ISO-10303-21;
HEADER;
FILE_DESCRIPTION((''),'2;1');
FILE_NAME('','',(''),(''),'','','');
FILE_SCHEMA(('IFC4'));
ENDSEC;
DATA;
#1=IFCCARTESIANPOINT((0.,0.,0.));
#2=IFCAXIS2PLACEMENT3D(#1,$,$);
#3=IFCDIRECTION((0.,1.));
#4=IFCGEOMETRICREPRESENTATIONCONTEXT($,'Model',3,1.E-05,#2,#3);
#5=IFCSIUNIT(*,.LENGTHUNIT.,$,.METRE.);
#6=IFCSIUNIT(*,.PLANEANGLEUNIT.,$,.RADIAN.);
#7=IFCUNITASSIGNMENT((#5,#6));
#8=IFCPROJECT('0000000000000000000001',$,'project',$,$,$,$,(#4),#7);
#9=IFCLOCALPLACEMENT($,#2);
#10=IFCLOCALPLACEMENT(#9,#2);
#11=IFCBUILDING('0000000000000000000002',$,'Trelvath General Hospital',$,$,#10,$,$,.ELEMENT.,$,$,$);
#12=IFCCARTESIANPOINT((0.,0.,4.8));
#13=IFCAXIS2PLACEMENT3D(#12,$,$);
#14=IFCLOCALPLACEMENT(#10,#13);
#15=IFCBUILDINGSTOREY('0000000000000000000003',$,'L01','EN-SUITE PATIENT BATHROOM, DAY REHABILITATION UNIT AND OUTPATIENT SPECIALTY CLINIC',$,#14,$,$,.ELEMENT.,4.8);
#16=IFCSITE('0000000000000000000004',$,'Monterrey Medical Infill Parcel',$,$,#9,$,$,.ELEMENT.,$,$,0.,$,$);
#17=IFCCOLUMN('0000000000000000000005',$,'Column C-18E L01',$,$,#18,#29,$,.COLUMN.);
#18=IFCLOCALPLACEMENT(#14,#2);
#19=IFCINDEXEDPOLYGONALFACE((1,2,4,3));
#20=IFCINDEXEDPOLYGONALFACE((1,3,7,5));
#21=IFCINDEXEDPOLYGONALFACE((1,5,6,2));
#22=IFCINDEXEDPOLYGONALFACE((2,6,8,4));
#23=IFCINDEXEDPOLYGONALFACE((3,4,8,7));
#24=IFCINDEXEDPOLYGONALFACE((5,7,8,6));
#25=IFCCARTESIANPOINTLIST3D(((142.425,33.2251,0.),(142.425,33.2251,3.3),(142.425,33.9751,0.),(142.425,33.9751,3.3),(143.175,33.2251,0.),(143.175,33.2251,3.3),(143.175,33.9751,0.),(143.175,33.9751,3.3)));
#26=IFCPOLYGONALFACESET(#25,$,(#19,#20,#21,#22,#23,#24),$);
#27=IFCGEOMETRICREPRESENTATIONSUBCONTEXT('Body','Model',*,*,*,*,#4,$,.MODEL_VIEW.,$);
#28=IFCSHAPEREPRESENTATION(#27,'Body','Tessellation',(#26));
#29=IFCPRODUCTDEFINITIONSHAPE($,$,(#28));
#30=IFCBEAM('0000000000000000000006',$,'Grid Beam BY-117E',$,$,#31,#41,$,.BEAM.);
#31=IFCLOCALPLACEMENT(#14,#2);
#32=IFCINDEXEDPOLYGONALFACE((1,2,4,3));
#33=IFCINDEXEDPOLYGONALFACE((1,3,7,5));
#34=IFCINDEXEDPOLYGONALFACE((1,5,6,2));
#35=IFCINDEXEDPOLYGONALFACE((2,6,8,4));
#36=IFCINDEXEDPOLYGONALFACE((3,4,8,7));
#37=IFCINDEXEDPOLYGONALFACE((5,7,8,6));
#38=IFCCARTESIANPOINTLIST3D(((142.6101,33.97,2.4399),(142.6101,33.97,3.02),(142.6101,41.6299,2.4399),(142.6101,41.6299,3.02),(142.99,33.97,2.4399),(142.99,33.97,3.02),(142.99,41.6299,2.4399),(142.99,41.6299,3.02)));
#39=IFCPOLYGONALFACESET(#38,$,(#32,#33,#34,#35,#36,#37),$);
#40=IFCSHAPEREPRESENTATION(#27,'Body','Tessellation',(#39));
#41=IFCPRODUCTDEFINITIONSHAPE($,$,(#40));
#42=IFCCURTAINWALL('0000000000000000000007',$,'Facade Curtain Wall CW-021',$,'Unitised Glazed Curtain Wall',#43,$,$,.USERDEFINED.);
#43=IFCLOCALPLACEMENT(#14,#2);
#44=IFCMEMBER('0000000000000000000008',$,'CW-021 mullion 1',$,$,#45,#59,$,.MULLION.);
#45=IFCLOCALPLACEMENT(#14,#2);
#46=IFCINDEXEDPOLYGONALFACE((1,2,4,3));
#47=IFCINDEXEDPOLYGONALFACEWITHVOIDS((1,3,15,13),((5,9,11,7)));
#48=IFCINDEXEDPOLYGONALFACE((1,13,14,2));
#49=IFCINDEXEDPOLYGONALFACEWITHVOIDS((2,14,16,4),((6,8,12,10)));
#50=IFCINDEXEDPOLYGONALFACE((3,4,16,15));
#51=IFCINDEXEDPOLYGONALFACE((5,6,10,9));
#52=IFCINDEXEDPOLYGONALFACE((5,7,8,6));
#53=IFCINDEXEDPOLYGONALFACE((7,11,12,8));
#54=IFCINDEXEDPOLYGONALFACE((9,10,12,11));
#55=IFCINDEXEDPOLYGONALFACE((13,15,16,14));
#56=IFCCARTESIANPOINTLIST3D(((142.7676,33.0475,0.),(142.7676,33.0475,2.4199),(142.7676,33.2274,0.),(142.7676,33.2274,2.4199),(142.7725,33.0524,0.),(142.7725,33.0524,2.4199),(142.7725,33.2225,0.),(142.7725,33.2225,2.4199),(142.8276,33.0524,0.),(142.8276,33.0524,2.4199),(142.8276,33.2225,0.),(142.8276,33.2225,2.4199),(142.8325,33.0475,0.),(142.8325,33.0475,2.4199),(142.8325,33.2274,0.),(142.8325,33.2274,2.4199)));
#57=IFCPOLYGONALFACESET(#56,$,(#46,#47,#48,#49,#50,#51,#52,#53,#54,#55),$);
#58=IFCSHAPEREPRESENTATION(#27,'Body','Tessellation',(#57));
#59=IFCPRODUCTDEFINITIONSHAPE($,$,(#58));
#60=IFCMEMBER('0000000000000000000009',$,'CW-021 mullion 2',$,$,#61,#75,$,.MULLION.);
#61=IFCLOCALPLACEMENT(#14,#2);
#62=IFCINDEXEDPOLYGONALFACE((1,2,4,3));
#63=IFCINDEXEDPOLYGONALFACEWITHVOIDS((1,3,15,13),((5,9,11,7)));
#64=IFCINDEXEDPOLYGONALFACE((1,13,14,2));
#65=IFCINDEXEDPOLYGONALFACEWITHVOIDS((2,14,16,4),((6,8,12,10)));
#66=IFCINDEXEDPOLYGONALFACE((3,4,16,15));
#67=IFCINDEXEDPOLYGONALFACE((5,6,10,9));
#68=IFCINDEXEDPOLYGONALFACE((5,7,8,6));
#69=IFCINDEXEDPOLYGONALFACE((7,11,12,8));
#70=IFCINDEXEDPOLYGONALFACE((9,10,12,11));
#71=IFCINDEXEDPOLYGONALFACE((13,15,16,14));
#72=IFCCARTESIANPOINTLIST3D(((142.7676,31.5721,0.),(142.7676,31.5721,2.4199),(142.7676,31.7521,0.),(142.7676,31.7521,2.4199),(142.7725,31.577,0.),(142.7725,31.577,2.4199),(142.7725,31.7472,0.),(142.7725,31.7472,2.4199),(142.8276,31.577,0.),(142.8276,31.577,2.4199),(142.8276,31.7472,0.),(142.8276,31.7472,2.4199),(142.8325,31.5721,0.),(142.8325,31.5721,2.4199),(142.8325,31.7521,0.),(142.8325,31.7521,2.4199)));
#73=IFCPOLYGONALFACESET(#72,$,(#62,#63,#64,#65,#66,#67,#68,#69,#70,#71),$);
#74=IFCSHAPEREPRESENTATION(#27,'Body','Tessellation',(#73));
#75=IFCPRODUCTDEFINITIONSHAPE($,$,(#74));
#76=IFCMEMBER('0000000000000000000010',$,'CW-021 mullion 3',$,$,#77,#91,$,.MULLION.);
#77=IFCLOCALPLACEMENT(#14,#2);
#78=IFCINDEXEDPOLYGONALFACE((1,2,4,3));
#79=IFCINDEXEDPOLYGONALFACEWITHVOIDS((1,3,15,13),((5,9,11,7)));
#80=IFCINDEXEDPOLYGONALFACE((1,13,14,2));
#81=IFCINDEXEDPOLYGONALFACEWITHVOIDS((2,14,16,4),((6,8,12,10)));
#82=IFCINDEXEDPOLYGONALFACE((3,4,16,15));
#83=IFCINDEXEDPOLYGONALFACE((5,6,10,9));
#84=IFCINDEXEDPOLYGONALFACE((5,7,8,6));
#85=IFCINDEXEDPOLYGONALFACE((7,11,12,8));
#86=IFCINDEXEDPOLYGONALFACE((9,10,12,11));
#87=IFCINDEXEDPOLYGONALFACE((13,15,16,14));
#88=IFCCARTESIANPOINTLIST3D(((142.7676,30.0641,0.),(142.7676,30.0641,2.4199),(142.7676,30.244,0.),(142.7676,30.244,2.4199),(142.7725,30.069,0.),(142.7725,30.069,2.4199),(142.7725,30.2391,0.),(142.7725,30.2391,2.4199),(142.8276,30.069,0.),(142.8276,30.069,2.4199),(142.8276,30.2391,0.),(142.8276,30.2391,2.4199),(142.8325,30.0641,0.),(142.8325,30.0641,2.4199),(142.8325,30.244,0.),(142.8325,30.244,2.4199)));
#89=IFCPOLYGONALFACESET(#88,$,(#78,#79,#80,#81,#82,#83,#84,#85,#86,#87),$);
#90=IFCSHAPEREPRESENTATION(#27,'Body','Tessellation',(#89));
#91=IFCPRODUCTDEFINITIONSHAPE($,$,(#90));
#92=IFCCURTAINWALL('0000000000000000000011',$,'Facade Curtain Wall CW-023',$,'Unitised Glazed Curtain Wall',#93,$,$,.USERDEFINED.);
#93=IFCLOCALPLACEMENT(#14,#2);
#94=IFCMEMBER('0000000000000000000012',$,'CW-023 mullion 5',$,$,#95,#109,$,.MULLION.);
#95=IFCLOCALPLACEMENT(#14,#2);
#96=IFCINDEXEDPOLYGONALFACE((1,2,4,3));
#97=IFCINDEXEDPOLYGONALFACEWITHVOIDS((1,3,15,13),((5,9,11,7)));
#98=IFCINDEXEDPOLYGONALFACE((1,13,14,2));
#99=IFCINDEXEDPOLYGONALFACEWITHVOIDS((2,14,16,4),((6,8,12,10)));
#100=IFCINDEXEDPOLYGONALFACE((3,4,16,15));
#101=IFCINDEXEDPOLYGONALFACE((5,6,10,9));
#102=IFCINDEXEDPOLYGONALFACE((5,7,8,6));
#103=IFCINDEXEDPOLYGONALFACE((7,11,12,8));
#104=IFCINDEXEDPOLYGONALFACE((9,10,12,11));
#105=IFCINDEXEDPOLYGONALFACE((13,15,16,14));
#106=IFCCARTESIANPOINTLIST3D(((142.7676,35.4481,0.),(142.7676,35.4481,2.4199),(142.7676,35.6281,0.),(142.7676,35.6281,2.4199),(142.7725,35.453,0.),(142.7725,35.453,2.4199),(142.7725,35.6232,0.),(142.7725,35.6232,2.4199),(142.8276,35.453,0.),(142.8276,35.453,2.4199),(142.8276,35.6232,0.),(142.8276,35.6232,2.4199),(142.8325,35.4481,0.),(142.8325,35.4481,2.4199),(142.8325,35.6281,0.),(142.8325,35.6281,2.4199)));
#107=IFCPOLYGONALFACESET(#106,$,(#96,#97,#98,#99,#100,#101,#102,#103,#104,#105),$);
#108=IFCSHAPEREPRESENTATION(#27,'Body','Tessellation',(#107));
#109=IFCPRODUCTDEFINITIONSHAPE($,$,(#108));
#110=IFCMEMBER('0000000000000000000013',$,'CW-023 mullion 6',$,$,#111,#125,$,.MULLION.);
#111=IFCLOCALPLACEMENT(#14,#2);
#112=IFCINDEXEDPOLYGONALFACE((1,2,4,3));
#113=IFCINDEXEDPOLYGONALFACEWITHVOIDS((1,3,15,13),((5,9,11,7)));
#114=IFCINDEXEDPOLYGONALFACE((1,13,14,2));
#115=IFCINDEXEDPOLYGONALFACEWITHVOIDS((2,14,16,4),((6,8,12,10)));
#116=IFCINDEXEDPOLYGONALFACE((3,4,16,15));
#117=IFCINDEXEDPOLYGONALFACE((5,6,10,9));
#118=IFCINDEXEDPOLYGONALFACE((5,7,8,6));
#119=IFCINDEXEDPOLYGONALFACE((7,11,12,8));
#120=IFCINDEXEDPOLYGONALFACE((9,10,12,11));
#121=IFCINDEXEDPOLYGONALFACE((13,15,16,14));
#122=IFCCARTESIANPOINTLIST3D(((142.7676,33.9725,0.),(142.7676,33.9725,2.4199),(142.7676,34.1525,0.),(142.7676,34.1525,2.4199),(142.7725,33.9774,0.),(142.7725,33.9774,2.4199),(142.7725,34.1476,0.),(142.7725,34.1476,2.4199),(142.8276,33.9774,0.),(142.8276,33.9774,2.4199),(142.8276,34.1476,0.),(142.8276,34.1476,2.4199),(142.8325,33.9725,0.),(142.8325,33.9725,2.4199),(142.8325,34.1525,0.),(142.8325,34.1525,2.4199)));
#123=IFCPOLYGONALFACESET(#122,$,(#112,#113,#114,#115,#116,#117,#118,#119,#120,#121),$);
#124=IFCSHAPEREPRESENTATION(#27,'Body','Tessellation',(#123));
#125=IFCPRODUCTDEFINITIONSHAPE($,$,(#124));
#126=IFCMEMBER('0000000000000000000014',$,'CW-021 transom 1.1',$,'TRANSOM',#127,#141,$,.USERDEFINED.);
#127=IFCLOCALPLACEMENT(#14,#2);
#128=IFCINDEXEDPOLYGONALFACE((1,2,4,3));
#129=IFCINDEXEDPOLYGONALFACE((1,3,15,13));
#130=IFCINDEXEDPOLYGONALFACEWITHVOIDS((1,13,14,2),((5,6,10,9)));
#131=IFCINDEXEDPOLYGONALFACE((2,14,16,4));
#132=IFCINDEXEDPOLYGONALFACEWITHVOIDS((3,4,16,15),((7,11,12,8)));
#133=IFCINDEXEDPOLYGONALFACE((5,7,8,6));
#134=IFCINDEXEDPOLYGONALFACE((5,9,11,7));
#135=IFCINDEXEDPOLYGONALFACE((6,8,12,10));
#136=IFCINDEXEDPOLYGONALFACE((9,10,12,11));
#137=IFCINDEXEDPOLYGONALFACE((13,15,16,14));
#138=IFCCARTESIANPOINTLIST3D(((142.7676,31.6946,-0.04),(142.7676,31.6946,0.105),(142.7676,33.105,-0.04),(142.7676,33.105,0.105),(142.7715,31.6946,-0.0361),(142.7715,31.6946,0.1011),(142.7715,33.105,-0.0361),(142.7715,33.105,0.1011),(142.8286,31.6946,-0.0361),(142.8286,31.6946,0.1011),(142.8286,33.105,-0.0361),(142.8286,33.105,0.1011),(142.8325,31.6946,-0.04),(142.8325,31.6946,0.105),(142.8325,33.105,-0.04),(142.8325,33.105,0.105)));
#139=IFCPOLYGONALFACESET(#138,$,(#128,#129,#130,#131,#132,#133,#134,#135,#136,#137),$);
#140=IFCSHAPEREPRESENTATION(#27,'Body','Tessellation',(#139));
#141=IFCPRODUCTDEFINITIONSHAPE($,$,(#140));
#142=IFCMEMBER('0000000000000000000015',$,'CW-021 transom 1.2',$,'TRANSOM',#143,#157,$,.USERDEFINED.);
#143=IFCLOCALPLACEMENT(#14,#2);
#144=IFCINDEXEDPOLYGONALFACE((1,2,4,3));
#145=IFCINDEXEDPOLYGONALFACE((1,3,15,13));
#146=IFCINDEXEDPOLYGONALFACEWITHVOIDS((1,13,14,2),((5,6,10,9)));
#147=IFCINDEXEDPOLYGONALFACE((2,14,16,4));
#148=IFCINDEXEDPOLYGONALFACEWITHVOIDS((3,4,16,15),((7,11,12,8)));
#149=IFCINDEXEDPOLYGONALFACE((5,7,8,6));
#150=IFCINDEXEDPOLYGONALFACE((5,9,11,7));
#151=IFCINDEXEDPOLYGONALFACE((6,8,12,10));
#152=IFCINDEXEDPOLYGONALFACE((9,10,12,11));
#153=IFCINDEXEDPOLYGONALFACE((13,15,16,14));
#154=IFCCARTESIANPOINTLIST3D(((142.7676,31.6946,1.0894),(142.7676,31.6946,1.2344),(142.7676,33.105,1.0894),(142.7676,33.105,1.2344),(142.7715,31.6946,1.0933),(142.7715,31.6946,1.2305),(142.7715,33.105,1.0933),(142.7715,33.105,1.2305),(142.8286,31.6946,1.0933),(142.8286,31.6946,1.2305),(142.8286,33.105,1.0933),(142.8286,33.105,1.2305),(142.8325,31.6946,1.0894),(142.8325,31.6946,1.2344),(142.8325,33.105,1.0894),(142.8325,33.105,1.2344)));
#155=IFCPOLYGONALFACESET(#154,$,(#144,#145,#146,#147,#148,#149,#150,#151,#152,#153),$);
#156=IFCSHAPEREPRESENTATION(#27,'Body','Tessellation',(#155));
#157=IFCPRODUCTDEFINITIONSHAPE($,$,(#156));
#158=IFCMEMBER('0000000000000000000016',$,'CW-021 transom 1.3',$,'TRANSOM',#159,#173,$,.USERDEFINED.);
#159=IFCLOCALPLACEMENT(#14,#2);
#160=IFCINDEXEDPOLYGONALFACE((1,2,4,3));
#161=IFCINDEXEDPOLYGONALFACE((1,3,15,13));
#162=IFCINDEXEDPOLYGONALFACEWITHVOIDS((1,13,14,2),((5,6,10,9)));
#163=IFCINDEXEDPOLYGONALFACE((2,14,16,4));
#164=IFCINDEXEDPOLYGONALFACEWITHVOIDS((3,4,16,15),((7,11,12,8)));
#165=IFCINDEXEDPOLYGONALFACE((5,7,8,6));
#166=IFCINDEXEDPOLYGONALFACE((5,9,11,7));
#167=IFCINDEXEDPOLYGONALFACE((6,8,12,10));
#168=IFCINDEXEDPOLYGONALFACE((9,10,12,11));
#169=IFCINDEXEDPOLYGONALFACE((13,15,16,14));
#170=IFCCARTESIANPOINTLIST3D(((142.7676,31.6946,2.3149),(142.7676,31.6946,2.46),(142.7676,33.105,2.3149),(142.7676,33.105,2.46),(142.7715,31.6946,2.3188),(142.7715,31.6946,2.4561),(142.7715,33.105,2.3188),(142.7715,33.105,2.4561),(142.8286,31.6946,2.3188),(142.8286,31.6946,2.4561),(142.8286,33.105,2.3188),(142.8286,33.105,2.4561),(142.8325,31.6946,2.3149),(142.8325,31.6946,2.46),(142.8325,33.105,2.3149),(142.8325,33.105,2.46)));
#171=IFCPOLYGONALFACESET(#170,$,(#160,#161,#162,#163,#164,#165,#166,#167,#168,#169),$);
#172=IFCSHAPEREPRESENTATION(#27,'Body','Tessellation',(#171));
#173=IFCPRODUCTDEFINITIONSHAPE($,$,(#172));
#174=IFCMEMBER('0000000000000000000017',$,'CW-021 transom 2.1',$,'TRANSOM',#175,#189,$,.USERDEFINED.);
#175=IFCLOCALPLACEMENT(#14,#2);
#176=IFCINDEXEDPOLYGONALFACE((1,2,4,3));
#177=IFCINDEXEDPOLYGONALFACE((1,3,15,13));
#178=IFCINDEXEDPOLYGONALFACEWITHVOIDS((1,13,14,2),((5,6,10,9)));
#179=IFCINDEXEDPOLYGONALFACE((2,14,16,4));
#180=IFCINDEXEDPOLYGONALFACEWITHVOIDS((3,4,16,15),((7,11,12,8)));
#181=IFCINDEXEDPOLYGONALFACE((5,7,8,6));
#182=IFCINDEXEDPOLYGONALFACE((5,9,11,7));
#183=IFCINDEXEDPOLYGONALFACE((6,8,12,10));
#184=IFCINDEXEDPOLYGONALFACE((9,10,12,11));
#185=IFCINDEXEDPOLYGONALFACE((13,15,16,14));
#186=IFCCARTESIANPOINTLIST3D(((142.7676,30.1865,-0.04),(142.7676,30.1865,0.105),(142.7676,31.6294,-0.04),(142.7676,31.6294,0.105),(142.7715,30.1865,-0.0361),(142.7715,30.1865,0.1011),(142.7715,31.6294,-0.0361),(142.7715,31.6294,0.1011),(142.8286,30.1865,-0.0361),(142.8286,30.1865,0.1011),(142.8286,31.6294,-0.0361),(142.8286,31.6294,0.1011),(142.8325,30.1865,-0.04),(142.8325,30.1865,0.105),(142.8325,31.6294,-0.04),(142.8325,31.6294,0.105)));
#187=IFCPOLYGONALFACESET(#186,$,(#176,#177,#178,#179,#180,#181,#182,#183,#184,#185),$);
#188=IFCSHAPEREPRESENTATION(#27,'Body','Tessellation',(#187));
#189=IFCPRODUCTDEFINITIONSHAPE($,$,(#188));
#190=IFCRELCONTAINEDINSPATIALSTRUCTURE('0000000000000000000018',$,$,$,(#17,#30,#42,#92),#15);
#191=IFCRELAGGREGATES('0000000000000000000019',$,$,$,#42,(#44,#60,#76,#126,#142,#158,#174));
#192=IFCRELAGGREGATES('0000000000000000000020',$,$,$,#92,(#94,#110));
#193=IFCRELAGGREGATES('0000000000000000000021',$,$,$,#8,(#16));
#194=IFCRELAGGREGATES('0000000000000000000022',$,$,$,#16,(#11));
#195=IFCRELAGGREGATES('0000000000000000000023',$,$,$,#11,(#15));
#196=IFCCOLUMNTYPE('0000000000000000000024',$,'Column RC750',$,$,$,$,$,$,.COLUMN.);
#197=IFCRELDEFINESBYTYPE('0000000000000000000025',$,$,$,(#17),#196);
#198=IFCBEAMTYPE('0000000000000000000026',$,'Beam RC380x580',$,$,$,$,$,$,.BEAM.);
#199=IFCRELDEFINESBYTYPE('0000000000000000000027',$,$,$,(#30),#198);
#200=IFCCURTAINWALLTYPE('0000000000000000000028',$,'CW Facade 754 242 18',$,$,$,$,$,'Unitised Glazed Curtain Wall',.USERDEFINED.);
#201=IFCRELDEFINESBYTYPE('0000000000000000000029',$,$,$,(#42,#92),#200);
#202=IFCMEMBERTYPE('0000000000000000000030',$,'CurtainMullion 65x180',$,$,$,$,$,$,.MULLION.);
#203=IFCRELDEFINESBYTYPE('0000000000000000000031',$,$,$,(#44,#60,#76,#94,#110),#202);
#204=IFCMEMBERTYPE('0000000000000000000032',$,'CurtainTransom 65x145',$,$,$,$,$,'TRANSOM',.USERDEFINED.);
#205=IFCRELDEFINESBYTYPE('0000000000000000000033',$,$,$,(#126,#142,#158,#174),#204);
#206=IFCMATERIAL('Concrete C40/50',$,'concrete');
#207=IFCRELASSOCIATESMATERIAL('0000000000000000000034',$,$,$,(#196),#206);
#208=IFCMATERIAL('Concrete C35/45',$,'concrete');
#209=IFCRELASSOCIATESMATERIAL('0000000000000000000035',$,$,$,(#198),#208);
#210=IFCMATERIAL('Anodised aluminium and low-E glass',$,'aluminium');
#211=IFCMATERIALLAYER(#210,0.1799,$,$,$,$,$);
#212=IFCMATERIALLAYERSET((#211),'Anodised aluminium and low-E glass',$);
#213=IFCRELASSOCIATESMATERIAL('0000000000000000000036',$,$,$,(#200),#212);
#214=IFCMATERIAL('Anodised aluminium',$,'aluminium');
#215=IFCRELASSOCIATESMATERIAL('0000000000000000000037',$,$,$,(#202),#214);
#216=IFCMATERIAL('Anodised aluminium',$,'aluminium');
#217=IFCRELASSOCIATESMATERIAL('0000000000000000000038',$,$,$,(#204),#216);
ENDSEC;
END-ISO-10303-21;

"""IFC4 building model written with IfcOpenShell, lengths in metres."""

from ifc_helpers import new_model, si_unit, direction, frame, origin, origin_2d, place, context, subcontext, project, spatial, rectangle, hollow_rectangle, extrude, material, layer, layer_set, material_profile, profile_set, type_object, element, aggregate, save


model = new_model("IFC4")

# Units and contexts
model_context = context("Model", 3, precision=1e-05, world=origin(), true_north=direction((0.0, 1.0)))
body_context = subcontext(model_context, "Body", "Model", "MODEL_VIEW")
ifc_project = project(units=[si_unit("LENGTHUNIT", "METRE"), si_unit("PLANEANGLEUNIT", "RADIAN")], contexts=[model_context])

# Site, building, storey
site_placement = place(None, origin())
site = spatial("IfcSite", under=ifc_project, at=site_placement, Name="Monterrey Medical Infill Parcel", CompositionType="ELEMENT", RefElevation=0.0)
building_placement = place(site_placement, origin())
building = spatial("IfcBuilding", under=site, at=building_placement, Name="Trelvath General Hospital", CompositionType="ELEMENT")
storey_placement = place(building_placement, frame((0.0, 0.0, 4.8)))
storey = spatial("IfcBuildingStorey", under=building, at=storey_placement, Name="L01", Description="EN-SUITE PATIENT BATHROOM, DAY REHABILITATION UNIT AND OUTPATIENT SPECIALTY CLINIC", CompositionType="ELEMENT", Elevation=4.8)

# Column
ifc_material_1 = material(Name="Concrete C40/50", Category="concrete")
ifc_material_profile_1 = material_profile(ifc_material_1, rectangle(XDim=0.75, YDim=0.75, at=origin_2d()), Name="RC750x750")
ifc_profile_set_1 = profile_set([ifc_material_profile_1], Name="Concrete C40/50")
column_type = type_object("IfcColumnType", Name="Column RC750", PredefinedType="COLUMN", material=ifc_profile_set_1)
column_placement = place(storey_placement, frame((142.8, 33.6001, 0.0), z_axis=(0.0, 0.0, 1.0), x_axis=(1.0, 0.0, 0.0)))
element("IfcColumn", 1, at=column_placement, inside=storey, type_object=column_type, Name="Column C-18E L01", PredefinedType="COLUMN", context=body_context, shape_type="SweptSolid", body=[
    extrude(rectangle(XDim=0.75, YDim=0.75, at=origin_2d()), origin(), (0.0, 0.0, 1.0), 3.3),
])

# Beam
ifc_material_2 = material(Name="Concrete C35/45", Category="concrete")
ifc_material_profile_2 = material_profile(ifc_material_2, rectangle(XDim=0.3799, YDim=0.5801, at=origin_2d()), Name="RCB380x580")
ifc_profile_set_2 = profile_set([ifc_material_profile_2], Name="Concrete C35/45")
beam_type = type_object("IfcBeamType", Name="Beam RC380x580", PredefinedType="BEAM", material=ifc_profile_set_2)
beam_placement = place(storey_placement, frame((142.8, 33.97, 2.73), z_axis=(0.0, 1.0, 0.0), x_axis=(-1.0, 0.0, 0.0)))
element("IfcBeam", 2, at=beam_placement, inside=storey, type_object=beam_type, Name="Grid Beam BY-117E", PredefinedType="BEAM", context=body_context, shape_type="SweptSolid", body=[
    extrude(rectangle(XDim=0.3799, YDim=0.5801, at=origin_2d()), origin(), (0.0, 0.0, 1.0), 7.6599),
])

# Curtain walls, members
ifc_material_3 = material(Name="Anodised aluminium and low-E glass", Category="aluminium")
ifc_layer_1 = layer(ifc_material_3, 0.1799)
ifc_layer_set_1 = layer_set([ifc_layer_1], Name="Anodised aluminium and low-E glass")
curtain_wall_type = type_object("IfcCurtainWallType", Name="CW Facade 754 242 18", ElementType="Unitised Glazed Curtain Wall", PredefinedType="USERDEFINED", material=ifc_layer_set_1)
curtain_wall_1_placement = place(storey_placement, origin())
curtain_wall_1 = element("IfcCurtainWall", 3, at=curtain_wall_1_placement, inside=storey, type_object=curtain_wall_type, Name="Facade Curtain Wall CW-021", ObjectType="Unitised Glazed Curtain Wall", PredefinedType="USERDEFINED")
ifc_material_4 = material(Name="Anodised aluminium", Category="aluminium")
ifc_material_profile_3 = material_profile(ifc_material_4, hollow_rectangle(XDim=0.0649, YDim=0.1799, WallThickness=0.0049, at=origin_2d()), Name="RHS65x180x5")
ifc_profile_set_3 = profile_set([ifc_material_profile_3], Name="Anodised aluminium")
member_type_1 = type_object("IfcMemberType", Name="CurtainMullion 65x180", PredefinedType="MULLION", material=ifc_profile_set_3)
member_1_placement = place(storey_placement, frame((142.8, 33.1375, 0.0), z_axis=(0.0, 0.0, 1.0), x_axis=(1.0, 0.0, 0.0)))
member_1 = element("IfcMember", 4, at=member_1_placement, type_object=member_type_1, Name="CW-021 mullion 1", PredefinedType="MULLION", context=body_context, shape_type="SweptSolid", body=[
    extrude(hollow_rectangle(XDim=0.0649, YDim=0.1799, WallThickness=0.0049, at=origin_2d()), origin(), (0.0, 0.0, 1.0), 2.4199),
])
member_2_placement = place(storey_placement, frame((142.8, 31.6621, 0.0), z_axis=(0.0, 0.0, 1.0), x_axis=(1.0, 0.0, 0.0)))
member_2 = element("IfcMember", 5, at=member_2_placement, type_object=member_type_1, Name="CW-021 mullion 2", PredefinedType="MULLION", context=body_context, shape_type="SweptSolid", body=[
    extrude(hollow_rectangle(XDim=0.0649, YDim=0.1799, WallThickness=0.0049, at=origin_2d()), origin(), (0.0, 0.0, 1.0), 2.4199),
])
member_3_placement = place(storey_placement, frame((142.8, 30.1541, 0.0), z_axis=(0.0, 0.0, 1.0), x_axis=(1.0, 0.0, 0.0)))
member_3 = element("IfcMember", 6, at=member_3_placement, type_object=member_type_1, Name="CW-021 mullion 3", PredefinedType="MULLION", context=body_context, shape_type="SweptSolid", body=[
    extrude(hollow_rectangle(XDim=0.0649, YDim=0.1799, WallThickness=0.0049, at=origin_2d()), origin(), (0.0, 0.0, 1.0), 2.4199),
])
curtain_wall_2_placement = place(storey_placement, origin())
curtain_wall_2 = element("IfcCurtainWall", 7, at=curtain_wall_2_placement, inside=storey, type_object=curtain_wall_type, Name="Facade Curtain Wall CW-023", ObjectType="Unitised Glazed Curtain Wall", PredefinedType="USERDEFINED")
member_4_placement = place(storey_placement, frame((142.8, 35.5381, 0.0), z_axis=(0.0, 0.0, 1.0), x_axis=(1.0, 0.0, 0.0)))
member_4 = element("IfcMember", 8, at=member_4_placement, type_object=member_type_1, Name="CW-023 mullion 5", PredefinedType="MULLION", context=body_context, shape_type="SweptSolid", body=[
    extrude(hollow_rectangle(XDim=0.0649, YDim=0.1799, WallThickness=0.0049, at=origin_2d()), origin(), (0.0, 0.0, 1.0), 2.4199),
])
member_5_placement = place(storey_placement, frame((142.8, 34.0625, 0.0), z_axis=(0.0, 0.0, 1.0), x_axis=(1.0, 0.0, 0.0)))
member_5 = element("IfcMember", 9, at=member_5_placement, type_object=member_type_1, Name="CW-023 mullion 6", PredefinedType="MULLION", context=body_context, shape_type="SweptSolid", body=[
    extrude(hollow_rectangle(XDim=0.0649, YDim=0.1799, WallThickness=0.0049, at=origin_2d()), origin(), (0.0, 0.0, 1.0), 2.4199),
])

# Members
ifc_material_5 = material(Name="Anodised aluminium", Category="aluminium")
ifc_material_profile_4 = material_profile(ifc_material_5, hollow_rectangle(XDim=0.0649, YDim=0.145, WallThickness=0.0039, at=origin_2d()), Name="RHS65x145x4")
ifc_profile_set_4 = profile_set([ifc_material_profile_4], Name="Anodised aluminium")
member_type_2 = type_object("IfcMemberType", Name="CurtainTransom 65x145", ElementType="TRANSOM", PredefinedType="USERDEFINED", material=ifc_profile_set_4)
member_6_placement = place(storey_placement, frame((142.8, 33.105, 0.0325), z_axis=(0.0, -1.0, 0.0), x_axis=(1.0, 0.0, 0.0)))
member_6 = element("IfcMember", 10, at=member_6_placement, type_object=member_type_2, Name="CW-021 transom 1.1", ObjectType="TRANSOM", PredefinedType="USERDEFINED", context=body_context, shape_type="SweptSolid", body=[
    extrude(hollow_rectangle(XDim=0.0649, YDim=0.145, WallThickness=0.0039, at=origin_2d()), origin(), (0.0, 0.0, 1.0), 1.4104),
])
member_7_placement = place(storey_placement, frame((142.8, 33.105, 1.1619), z_axis=(0.0, -1.0, 0.0), x_axis=(1.0, 0.0, 0.0)))
member_7 = element("IfcMember", 11, at=member_7_placement, type_object=member_type_2, Name="CW-021 transom 1.2", ObjectType="TRANSOM", PredefinedType="USERDEFINED", context=body_context, shape_type="SweptSolid", body=[
    extrude(hollow_rectangle(XDim=0.0649, YDim=0.145, WallThickness=0.0039, at=origin_2d()), origin(), (0.0, 0.0, 1.0), 1.4104),
])
member_8_placement = place(storey_placement, frame((142.8, 33.105, 2.3875), z_axis=(0.0, -1.0, 0.0), x_axis=(1.0, 0.0, 0.0)))
member_8 = element("IfcMember", 12, at=member_8_placement, type_object=member_type_2, Name="CW-021 transom 1.3", ObjectType="TRANSOM", PredefinedType="USERDEFINED", context=body_context, shape_type="SweptSolid", body=[
    extrude(hollow_rectangle(XDim=0.0649, YDim=0.145, WallThickness=0.0039, at=origin_2d()), origin(), (0.0, 0.0, 1.0), 1.4104),
])
member_9_placement = place(storey_placement, frame((142.8, 31.6294, 0.0325), z_axis=(0.0, -1.0, 0.0), x_axis=(1.0, 0.0, 0.0)))
member_9 = element("IfcMember", 13, at=member_9_placement, type_object=member_type_2, Name="CW-021 transom 2.1", ObjectType="TRANSOM", PredefinedType="USERDEFINED", context=body_context, shape_type="SweptSolid", body=[
    extrude(hollow_rectangle(XDim=0.0649, YDim=0.145, WallThickness=0.0039, at=origin_2d()), origin(), (0.0, 0.0, 1.0), 1.4429),
])

aggregate(curtain_wall_1, [member_1, member_2, member_3, member_6, member_7, member_8, member_9])
aggregate(curtain_wall_2, [member_4, member_5])

save(model, "model.ifc")
